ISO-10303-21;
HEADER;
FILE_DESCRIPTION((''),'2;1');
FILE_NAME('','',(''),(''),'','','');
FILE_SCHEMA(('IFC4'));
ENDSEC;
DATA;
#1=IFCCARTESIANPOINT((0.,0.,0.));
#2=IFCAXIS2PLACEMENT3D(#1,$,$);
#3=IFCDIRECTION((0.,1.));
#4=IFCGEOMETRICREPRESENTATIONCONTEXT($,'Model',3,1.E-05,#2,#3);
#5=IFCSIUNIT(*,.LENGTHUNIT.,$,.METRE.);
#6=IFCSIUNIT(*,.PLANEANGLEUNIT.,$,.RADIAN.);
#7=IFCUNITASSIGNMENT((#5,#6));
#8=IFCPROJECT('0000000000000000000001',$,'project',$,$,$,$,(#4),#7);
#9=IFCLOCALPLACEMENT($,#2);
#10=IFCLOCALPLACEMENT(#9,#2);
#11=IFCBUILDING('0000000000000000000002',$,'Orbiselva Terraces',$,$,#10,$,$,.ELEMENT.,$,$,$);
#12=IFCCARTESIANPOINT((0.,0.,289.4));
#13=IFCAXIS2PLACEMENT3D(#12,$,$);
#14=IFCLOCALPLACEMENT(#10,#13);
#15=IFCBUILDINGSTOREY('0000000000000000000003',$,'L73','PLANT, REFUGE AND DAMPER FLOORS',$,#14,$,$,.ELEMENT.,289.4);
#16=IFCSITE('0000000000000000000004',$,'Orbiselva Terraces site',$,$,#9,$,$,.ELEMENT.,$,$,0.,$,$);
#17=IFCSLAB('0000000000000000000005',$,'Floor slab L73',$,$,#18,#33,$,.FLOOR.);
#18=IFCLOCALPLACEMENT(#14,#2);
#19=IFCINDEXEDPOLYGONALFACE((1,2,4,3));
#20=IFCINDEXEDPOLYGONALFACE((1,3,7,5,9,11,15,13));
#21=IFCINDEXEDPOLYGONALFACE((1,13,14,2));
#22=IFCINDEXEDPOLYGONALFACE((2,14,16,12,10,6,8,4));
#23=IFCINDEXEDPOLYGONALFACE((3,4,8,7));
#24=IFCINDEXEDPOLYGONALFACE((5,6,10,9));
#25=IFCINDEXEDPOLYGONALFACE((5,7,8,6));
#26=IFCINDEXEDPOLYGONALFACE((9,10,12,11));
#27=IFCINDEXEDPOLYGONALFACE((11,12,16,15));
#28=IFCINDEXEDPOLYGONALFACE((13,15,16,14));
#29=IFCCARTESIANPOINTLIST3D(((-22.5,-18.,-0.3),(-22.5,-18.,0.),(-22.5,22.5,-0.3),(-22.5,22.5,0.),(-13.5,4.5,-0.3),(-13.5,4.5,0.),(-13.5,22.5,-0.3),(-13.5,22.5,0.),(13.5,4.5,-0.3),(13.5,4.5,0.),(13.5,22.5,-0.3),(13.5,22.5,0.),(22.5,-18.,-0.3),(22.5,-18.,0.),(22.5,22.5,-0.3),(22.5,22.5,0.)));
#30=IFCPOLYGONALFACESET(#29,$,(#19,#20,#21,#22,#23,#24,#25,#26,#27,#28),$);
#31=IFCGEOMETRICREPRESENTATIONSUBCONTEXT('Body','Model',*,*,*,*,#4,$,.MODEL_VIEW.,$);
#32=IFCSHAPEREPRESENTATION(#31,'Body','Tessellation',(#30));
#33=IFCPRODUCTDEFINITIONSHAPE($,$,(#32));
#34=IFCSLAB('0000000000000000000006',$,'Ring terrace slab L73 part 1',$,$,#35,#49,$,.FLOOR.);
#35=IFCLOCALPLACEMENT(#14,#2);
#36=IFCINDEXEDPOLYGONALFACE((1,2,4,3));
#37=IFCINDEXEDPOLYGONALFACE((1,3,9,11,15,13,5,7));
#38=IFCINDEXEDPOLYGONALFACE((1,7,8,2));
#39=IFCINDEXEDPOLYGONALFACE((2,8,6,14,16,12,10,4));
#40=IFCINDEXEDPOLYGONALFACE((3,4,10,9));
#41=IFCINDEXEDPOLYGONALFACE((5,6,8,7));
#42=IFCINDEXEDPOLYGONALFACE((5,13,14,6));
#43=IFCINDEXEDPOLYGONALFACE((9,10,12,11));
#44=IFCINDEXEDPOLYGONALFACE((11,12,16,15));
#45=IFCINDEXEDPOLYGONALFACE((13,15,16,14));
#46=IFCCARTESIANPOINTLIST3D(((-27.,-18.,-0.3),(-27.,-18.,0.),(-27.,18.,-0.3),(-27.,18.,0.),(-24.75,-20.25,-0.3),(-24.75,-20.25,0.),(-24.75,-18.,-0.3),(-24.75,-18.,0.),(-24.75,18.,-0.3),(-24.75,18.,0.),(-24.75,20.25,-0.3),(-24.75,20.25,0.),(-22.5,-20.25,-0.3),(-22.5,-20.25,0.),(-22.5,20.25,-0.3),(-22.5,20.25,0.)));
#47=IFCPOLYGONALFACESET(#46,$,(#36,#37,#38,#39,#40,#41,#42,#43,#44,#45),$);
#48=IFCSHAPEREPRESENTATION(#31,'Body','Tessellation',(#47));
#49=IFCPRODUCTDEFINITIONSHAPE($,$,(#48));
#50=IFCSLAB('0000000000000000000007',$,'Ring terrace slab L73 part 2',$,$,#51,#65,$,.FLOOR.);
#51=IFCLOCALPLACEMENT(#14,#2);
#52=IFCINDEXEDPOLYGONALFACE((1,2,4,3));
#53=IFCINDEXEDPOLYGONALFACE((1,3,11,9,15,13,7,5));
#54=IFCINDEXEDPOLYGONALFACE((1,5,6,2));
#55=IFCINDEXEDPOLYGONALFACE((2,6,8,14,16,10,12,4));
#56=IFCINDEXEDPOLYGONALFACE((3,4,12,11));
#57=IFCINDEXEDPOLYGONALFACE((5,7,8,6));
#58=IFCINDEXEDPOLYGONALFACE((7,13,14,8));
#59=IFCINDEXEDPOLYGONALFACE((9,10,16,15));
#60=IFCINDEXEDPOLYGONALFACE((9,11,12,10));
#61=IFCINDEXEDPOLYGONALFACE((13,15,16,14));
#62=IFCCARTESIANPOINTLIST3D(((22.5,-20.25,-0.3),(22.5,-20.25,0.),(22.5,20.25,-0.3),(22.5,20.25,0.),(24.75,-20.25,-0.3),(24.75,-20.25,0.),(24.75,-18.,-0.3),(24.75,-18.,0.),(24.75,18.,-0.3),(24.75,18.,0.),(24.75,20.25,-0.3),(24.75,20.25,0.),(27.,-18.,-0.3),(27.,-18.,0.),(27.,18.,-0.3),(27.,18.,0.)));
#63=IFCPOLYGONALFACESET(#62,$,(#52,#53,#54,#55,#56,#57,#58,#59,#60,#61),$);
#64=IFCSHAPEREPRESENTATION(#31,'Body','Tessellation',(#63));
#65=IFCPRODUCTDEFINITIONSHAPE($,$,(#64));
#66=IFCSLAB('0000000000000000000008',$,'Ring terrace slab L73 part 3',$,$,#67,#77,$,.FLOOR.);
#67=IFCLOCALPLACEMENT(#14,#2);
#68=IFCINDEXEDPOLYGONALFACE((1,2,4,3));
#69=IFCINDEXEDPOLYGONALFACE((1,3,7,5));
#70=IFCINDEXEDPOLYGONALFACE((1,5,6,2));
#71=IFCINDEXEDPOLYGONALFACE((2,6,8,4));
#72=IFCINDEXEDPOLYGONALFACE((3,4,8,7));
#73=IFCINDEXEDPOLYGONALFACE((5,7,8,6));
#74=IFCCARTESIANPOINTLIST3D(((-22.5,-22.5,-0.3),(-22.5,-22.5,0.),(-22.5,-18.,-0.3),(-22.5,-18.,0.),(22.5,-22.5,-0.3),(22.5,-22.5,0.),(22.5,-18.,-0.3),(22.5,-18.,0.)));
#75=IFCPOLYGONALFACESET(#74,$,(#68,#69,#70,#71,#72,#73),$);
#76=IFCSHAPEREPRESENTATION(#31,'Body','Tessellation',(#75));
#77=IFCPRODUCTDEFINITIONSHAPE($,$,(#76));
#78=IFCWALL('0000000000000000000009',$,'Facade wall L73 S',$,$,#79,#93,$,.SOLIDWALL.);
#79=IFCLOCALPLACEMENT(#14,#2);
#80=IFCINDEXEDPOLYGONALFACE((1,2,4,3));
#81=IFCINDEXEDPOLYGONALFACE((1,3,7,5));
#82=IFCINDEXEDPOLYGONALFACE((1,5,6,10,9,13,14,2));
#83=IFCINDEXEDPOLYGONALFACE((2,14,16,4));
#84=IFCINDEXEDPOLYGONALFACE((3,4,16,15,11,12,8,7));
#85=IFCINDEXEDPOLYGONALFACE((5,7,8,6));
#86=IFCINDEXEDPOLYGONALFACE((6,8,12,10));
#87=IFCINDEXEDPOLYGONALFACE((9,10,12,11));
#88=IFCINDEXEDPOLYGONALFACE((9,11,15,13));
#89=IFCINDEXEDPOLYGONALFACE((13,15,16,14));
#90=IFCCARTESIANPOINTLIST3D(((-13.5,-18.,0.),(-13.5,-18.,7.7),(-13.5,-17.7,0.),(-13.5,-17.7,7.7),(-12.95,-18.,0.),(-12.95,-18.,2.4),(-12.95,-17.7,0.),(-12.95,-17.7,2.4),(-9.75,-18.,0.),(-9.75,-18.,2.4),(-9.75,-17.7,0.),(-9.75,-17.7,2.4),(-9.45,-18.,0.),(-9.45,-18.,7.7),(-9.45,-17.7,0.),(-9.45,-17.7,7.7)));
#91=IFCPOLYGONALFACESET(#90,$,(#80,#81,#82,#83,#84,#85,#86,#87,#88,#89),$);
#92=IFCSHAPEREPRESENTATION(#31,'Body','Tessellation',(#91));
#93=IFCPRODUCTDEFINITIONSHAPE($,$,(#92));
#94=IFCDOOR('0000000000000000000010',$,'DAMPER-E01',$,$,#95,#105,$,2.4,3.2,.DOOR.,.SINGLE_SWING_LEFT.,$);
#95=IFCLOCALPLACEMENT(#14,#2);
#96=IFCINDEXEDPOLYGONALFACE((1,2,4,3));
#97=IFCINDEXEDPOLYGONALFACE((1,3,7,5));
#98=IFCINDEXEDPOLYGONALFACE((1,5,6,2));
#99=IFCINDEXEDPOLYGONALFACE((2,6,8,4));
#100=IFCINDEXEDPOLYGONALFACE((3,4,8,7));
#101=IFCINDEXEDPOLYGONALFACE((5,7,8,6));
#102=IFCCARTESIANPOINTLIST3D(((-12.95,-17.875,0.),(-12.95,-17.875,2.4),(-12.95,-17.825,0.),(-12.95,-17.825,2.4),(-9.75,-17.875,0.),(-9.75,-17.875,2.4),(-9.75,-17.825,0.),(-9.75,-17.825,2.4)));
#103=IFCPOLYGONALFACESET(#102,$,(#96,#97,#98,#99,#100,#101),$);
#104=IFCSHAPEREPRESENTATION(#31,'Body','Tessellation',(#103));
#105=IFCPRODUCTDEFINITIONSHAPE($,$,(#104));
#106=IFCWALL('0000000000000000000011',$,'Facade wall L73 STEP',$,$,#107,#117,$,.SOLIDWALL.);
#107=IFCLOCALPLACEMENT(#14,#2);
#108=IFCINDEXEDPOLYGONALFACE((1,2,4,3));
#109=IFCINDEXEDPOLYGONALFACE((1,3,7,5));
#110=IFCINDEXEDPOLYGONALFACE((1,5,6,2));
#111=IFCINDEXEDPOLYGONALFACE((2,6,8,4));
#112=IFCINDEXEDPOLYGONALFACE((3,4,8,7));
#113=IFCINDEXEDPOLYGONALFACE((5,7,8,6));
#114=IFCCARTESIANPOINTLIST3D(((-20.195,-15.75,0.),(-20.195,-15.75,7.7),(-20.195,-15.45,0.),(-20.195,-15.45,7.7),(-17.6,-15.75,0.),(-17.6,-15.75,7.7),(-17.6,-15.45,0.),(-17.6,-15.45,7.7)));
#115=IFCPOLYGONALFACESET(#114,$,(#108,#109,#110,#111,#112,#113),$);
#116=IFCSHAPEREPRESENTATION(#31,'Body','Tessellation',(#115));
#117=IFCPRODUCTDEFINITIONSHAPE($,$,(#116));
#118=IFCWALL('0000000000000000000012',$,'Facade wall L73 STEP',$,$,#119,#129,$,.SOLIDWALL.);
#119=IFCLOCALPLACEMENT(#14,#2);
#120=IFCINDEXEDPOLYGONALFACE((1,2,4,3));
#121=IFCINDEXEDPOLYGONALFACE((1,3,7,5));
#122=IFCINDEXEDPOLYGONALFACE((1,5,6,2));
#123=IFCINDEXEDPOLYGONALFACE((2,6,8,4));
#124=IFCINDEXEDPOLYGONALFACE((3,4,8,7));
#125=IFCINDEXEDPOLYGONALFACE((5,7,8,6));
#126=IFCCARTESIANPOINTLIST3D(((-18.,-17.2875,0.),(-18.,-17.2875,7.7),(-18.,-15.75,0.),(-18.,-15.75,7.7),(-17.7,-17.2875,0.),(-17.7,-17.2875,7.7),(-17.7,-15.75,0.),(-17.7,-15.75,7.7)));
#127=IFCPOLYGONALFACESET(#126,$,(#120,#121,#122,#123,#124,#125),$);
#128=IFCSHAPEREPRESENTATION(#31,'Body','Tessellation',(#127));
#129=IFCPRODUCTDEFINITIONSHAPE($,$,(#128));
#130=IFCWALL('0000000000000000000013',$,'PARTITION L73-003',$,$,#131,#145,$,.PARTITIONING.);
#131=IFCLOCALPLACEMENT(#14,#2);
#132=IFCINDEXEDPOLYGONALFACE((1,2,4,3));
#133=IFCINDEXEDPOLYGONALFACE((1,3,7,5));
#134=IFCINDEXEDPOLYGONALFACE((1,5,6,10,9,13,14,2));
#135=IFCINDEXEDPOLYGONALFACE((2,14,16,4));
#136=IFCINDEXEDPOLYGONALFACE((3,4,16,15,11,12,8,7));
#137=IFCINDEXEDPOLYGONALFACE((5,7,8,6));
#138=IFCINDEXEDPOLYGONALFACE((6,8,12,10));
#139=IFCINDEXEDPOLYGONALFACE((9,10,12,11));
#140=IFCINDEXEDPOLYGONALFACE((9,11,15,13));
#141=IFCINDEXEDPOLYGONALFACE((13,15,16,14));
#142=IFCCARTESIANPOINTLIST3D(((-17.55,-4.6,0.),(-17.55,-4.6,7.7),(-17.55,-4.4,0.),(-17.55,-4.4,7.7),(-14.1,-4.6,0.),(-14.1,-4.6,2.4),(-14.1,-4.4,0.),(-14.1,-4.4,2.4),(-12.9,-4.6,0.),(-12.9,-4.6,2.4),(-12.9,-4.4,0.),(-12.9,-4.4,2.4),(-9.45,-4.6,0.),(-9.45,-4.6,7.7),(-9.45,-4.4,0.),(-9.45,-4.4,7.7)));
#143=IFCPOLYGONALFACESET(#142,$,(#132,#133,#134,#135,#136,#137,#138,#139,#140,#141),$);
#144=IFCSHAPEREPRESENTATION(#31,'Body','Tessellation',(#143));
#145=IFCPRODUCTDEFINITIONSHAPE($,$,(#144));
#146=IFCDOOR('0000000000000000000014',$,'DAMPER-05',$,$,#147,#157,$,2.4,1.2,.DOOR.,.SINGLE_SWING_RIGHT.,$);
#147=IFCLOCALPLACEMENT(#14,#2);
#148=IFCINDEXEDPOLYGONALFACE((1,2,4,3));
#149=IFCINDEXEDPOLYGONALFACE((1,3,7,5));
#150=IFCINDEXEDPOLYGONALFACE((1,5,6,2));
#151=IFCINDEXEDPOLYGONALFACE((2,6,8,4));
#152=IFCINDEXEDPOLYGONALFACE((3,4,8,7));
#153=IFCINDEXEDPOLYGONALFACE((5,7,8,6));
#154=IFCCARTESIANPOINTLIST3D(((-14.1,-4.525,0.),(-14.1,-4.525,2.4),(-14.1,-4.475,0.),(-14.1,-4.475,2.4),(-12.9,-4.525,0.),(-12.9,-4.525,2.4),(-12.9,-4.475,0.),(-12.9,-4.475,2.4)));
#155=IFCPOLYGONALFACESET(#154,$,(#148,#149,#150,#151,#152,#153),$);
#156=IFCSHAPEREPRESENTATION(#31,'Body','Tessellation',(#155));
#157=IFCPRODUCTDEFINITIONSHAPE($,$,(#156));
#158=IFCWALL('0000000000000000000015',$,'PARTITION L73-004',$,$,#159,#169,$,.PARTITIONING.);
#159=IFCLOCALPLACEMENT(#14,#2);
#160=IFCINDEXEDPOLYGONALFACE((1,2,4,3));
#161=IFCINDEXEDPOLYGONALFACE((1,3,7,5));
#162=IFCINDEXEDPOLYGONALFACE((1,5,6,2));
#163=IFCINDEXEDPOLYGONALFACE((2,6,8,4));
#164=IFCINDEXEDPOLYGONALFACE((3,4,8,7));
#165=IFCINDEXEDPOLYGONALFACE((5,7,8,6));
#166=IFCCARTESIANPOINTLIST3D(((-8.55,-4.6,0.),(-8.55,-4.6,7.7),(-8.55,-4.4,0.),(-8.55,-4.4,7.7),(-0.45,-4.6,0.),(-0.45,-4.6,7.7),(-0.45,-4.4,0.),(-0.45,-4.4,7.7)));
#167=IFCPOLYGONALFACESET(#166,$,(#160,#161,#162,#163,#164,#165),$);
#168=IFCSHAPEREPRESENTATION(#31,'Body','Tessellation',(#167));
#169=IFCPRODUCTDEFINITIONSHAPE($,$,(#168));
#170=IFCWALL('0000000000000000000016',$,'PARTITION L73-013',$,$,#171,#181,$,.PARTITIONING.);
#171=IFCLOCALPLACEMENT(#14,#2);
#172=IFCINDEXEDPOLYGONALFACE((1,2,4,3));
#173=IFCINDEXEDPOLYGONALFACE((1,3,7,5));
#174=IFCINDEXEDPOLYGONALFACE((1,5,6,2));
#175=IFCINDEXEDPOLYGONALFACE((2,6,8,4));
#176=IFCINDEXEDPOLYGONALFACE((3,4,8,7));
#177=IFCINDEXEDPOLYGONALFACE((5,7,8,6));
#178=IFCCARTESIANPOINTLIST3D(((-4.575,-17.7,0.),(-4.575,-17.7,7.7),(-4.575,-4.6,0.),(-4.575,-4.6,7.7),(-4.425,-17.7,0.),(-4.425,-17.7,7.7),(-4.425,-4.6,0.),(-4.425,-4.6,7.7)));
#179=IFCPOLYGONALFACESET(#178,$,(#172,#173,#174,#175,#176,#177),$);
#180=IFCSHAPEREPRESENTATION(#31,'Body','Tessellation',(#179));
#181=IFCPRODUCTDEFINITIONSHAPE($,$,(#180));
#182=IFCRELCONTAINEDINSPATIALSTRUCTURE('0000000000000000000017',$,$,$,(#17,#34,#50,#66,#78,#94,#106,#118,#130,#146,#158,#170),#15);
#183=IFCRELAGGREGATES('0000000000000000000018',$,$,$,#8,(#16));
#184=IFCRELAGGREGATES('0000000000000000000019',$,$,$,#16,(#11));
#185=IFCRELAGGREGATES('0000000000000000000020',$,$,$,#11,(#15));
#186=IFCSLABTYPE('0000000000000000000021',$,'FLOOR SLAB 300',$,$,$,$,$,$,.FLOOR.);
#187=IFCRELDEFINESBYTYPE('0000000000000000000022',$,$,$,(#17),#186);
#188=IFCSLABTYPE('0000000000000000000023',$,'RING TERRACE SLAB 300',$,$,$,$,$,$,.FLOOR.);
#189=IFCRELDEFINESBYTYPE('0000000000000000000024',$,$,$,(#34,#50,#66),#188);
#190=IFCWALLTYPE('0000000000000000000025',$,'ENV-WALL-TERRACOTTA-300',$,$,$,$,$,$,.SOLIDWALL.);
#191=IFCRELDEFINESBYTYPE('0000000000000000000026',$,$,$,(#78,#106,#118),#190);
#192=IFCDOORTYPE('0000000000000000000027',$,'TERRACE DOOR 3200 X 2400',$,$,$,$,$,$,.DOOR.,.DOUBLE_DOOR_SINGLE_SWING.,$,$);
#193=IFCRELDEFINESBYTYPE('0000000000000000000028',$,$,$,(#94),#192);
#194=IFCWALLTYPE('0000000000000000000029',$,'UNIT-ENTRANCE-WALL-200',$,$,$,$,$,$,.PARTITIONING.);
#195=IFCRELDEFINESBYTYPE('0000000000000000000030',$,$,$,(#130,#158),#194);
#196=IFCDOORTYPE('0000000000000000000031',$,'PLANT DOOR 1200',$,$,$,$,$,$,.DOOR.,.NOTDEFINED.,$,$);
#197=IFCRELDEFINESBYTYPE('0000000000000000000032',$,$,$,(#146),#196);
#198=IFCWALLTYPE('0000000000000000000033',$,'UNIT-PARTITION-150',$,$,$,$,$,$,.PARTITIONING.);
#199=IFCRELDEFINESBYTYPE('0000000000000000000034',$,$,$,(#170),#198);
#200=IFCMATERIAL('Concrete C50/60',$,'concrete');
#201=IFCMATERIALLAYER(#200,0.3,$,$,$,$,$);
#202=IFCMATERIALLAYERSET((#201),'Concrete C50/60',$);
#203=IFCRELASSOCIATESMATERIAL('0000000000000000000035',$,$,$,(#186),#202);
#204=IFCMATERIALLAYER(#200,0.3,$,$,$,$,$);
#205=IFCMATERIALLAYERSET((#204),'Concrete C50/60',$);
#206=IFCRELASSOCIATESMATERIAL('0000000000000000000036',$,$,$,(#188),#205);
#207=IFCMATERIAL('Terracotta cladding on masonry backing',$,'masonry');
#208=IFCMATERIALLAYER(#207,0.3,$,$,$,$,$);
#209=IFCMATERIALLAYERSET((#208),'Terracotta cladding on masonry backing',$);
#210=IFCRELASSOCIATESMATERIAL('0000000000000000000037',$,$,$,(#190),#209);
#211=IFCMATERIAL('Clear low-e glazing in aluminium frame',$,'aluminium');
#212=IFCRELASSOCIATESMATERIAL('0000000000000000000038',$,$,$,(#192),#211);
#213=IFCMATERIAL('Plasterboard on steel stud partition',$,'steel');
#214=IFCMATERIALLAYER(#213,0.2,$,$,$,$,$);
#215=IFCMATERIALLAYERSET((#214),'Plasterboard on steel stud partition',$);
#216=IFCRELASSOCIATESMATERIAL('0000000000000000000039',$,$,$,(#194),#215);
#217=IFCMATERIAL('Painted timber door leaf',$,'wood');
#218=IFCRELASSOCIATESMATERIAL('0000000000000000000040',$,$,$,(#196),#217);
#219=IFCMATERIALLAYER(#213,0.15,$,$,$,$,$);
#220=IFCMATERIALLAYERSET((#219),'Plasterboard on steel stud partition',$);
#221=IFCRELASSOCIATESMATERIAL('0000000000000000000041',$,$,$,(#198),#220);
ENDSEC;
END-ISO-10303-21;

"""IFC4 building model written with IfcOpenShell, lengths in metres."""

from ifc_helpers import new_model, si_unit, direction, frame, frame_2d, origin, place, context, subcontext, project, spatial, polyline, rectangle, outline, extrude, material, layer, layer_set, type_object, element, fill, save


model = new_model("IFC4")

# Units and contexts
model_context = context("Model", 3, precision=1e-05, world=origin(), true_north=direction((0.0, 1.0)))
body_context = subcontext(model_context, "Body", "Model", "MODEL_VIEW")
ifc_project = project(units=[si_unit("LENGTHUNIT", "METRE"), si_unit("PLANEANGLEUNIT", "RADIAN")], contexts=[model_context])

# Site, building, storey
site_placement = place(None, origin())
site = spatial("IfcSite", under=ifc_project, at=site_placement, Name="Orbiselva Terraces site", CompositionType="ELEMENT", RefElevation=0.0)
building_placement = place(site_placement, origin())
building = spatial("IfcBuilding", under=site, at=building_placement, Name="Orbiselva Terraces", CompositionType="ELEMENT")
storey_placement = place(building_placement, frame((0.0, 0.0, 289.4)))
storey = spatial("IfcBuildingStorey", under=building, at=storey_placement, Name="L73", Description="PLANT, REFUGE AND DAMPER FLOORS", CompositionType="ELEMENT", Elevation=289.4)

# Shared definitions
ifc_material_1 = material(Name="Concrete C50/60", Category="concrete")

# Shared definitions
ifc_material_2 = material(Name="Clear low-e glazing in aluminium frame", Category="aluminium")

# Slabs
ifc_layer_1 = layer(ifc_material_1, 0.3)
ifc_layer_set_1 = layer_set([ifc_layer_1], Name="Concrete C50/60")
slab_type_1 = type_object("IfcSlabType", Name="FLOOR SLAB 300", PredefinedType="FLOOR", material=ifc_layer_set_1)
slab_1_placement = place(storey_placement, frame((0.0, 0.0, -0.3)))
element("IfcSlab", 1, at=slab_1_placement, inside=storey, type_object=slab_type_1, Name="Floor slab L73", PredefinedType="FLOOR", context=body_context, shape_type="SweptSolid", body=[
    extrude(outline(polyline([(22.5, 22.5), (22.5, -18.0), (-22.5, -18.0), (-22.5, 22.5), (-13.5, 22.5), (-13.5, 4.5), (13.5, 4.5), (13.5, 22.5), (22.5, 22.5)])), origin(), (0.0, 0.0, 1.0), 0.3),
])
ifc_layer_2 = layer(ifc_material_1, 0.3)
ifc_layer_set_2 = layer_set([ifc_layer_2], Name="Concrete C50/60")
slab_type_2 = type_object("IfcSlabType", Name="RING TERRACE SLAB 300", PredefinedType="FLOOR", material=ifc_layer_set_2)
slab_2_placement = place(storey_placement, frame((0.0, 0.0, -0.3)))
element("IfcSlab", 2, at=slab_2_placement, inside=storey, type_object=slab_type_2, Name="Ring terrace slab L73 part 1", PredefinedType="FLOOR", context=body_context, shape_type="SweptSolid", body=[
    extrude(outline(polyline([(-22.5, -20.25), (-22.5, 20.25), (-24.75, 20.25), (-24.75, 18.0), (-27.0, 18.0), (-27.0, -18.0), (-24.75, -18.0), (-24.75, -20.25), (-22.5, -20.25)])), origin(), (0.0, 0.0, 1.0), 0.3),
])
slab_3_placement = place(storey_placement, frame((0.0, 0.0, -0.3)))
element("IfcSlab", 3, at=slab_3_placement, inside=storey, type_object=slab_type_2, Name="Ring terrace slab L73 part 2", PredefinedType="FLOOR", context=body_context, shape_type="SweptSolid", body=[
    extrude(outline(polyline([(22.5, -20.25), (24.75, -20.25), (24.75, -18.0), (27.0, -18.0), (27.0, 18.0), (24.75, 18.0), (24.75, 20.25), (22.5, 20.25), (22.5, -20.25)])), origin(), (0.0, 0.0, 1.0), 0.3),
])
slab_4_placement = place(storey_placement, frame((0.0, 0.0, -0.3)))
element("IfcSlab", 4, at=slab_4_placement, inside=storey, type_object=slab_type_2, Name="Ring terrace slab L73 part 3", PredefinedType="FLOOR", context=body_context, shape_type="SweptSolid", body=[
    extrude(outline(polyline([(22.5, -18.0), (-22.5, -18.0), (-22.5, -22.5), (22.5, -22.5), (22.5, -18.0)])), origin(), (0.0, 0.0, 1.0), 0.3),
])

# Wall, opening, door
ifc_material_3 = material(Name="Terracotta cladding on masonry backing", Category="masonry")
ifc_layer_3 = layer(ifc_material_3, 0.3)
ifc_layer_set_3 = layer_set([ifc_layer_3], Name="Terracotta cladding on masonry backing")
wall_type_1 = type_object("IfcWallType", Name="ENV-WALL-TERRACOTTA-300", PredefinedType="SOLIDWALL", material=ifc_layer_set_3)
wall_1_placement = place(storey_placement, frame((-9.45, -17.85, 0.0), z_axis=(0.0, 0.0, 1.0), x_axis=(-1.0, 0.0, 0.0)))
wall_1 = element("IfcWall", 5, at=wall_1_placement, inside=storey, type_object=wall_type_1, Name="Facade wall L73 S", PredefinedType="SOLIDWALL", context=body_context, shape_type="SweptSolid", body=[
    extrude(rectangle(XDim=4.05, YDim=0.3, at=frame_2d((2.025, 0.0))), origin(), (0.0, 0.0, 1.0), 7.7),
])
opening_1_placement = place(wall_1_placement, frame((0.3, 0.0, 0.0)))
opening_1 = element("IfcOpeningElement", 6, at=opening_1_placement, cuts=wall_1, PredefinedType="OPENING", context=body_context, shape_type="SweptSolid", body=[
    extrude(rectangle(XDim=3.2, YDim=2.4, at=frame_2d((1.6, 1.2))), frame((0.0, 0.16, 0.0), z_axis=(0.0, -1.0, 0.0), x_axis=(1.0, 0.0, 0.0)), (0.0, 0.0, 1.0), 0.32),
])
door_type_1 = type_object("IfcDoorType", Name="TERRACE DOOR 3200 X 2400", OperationType="DOUBLE_DOOR_SINGLE_SWING", PredefinedType="DOOR", material=ifc_material_2)
door_1_placement = place(opening_1_placement, origin())
door_1 = element("IfcDoor", 7, at=door_1_placement, inside=storey, type_object=door_type_1, Name="DAMPER-E01", OperationType="SINGLE_SWING_LEFT", OverallHeight=2.4, OverallWidth=3.2, PredefinedType="DOOR", context=body_context, shape_type="SweptSolid", body=[
    extrude(rectangle(XDim=3.2, YDim=2.4, at=frame_2d((1.6, 1.2))), frame((0.0, 0.025, 0.0), z_axis=(0.0, -1.0, 0.0), x_axis=(1.0, 0.0, 0.0)), (0.0, 0.0, 1.0), 0.05),
])
fill(opening_1, door_1)

# Walls
wall_2_placement = place(storey_placement, frame((-17.6, -15.6, 0.0), z_axis=(0.0, 0.0, 1.0), x_axis=(-1.0, 0.0, 0.0)))
element("IfcWall", 8, at=wall_2_placement, inside=storey, type_object=wall_type_1, Name="Facade wall L73 STEP", PredefinedType="SOLIDWALL", context=body_context, shape_type="SweptSolid", body=[
    extrude(rectangle(XDim=2.595, YDim=0.3, at=frame_2d((1.2975, 0.0))), origin(), (0.0, 0.0, 1.0), 7.7),
])
wall_3_placement = place(storey_placement, frame((-17.85, -17.2875, 0.0), z_axis=(0.0, 0.0, 1.0), x_axis=(0.0, 1.0, 0.0)))
element("IfcWall", 9, at=wall_3_placement, inside=storey, type_object=wall_type_1, Name="Facade wall L73 STEP", PredefinedType="SOLIDWALL", context=body_context, shape_type="SweptSolid", body=[
    extrude(rectangle(XDim=1.5375, YDim=0.3, at=frame_2d((0.7688, 0.0))), origin(), (0.0, 0.0, 1.0), 7.7),
])

# Wall, opening, door
ifc_material_4 = material(Name="Plasterboard on steel stud partition", Category="steel")
ifc_layer_4 = layer(ifc_material_4, 0.2)
ifc_layer_set_4 = layer_set([ifc_layer_4], Name="Plasterboard on steel stud partition")
wall_type_2 = type_object("IfcWallType", Name="UNIT-ENTRANCE-WALL-200", PredefinedType="PARTITIONING", material=ifc_layer_set_4)
wall_4_placement = place(storey_placement, frame((-9.45, -4.5, 0.0), z_axis=(0.0, 0.0, 1.0), x_axis=(-1.0, 0.0, 0.0)))
wall_4 = element("IfcWall", 10, at=wall_4_placement, inside=storey, type_object=wall_type_2, Name="PARTITION L73-003", PredefinedType="PARTITIONING", context=body_context, shape_type="SweptSolid", body=[
    extrude(rectangle(XDim=8.1, YDim=0.2, at=frame_2d((4.05, 0.0))), origin(), (0.0, 0.0, 1.0), 7.7),
])
opening_2_placement = place(wall_4_placement, frame((3.45, 0.0, 0.0)))
opening_2 = element("IfcOpeningElement", 11, at=opening_2_placement, cuts=wall_4, PredefinedType="OPENING", context=body_context, shape_type="SweptSolid", body=[
    extrude(rectangle(XDim=1.2, YDim=2.4, at=frame_2d((0.6, 1.2))), frame((0.0, 0.11, 0.0), z_axis=(0.0, -1.0, 0.0), x_axis=(1.0, 0.0, 0.0)), (0.0, 0.0, 1.0), 0.22),
])
ifc_material_5 = material(Name="Painted timber door leaf", Category="wood")
door_type_2 = type_object("IfcDoorType", Name="PLANT DOOR 1200", OperationType="NOTDEFINED", PredefinedType="DOOR", material=ifc_material_5)
door_2_placement = place(opening_2_placement, origin())
door_2 = element("IfcDoor", 12, at=door_2_placement, inside=storey, type_object=door_type_2, Name="DAMPER-05", OperationType="SINGLE_SWING_RIGHT", OverallHeight=2.4, OverallWidth=1.2, PredefinedType="DOOR", context=body_context, shape_type="SweptSolid", body=[
    extrude(rectangle(XDim=1.2, YDim=2.4, at=frame_2d((0.6, 1.2))), frame((0.0, 0.025, 0.0), z_axis=(0.0, -1.0, 0.0), x_axis=(1.0, 0.0, 0.0)), (0.0, 0.0, 1.0), 0.05),
])
fill(opening_2, door_2)

# Walls
wall_5_placement = place(storey_placement, frame((-8.55, -4.5, 0.0), z_axis=(0.0, 0.0, 1.0), x_axis=(1.0, 0.0, 0.0)))
element("IfcWall", 13, at=wall_5_placement, inside=storey, type_object=wall_type_2, Name="PARTITION L73-004", PredefinedType="PARTITIONING", context=body_context, shape_type="SweptSolid", body=[
    extrude(rectangle(XDim=8.1, YDim=0.2, at=frame_2d((4.05, 0.0))), origin(), (0.0, 0.0, 1.0), 7.7),
])
ifc_layer_5 = layer(ifc_material_4, 0.15)
ifc_layer_set_5 = layer_set([ifc_layer_5], Name="Plasterboard on steel stud partition")
wall_type_3 = type_object("IfcWallType", Name="UNIT-PARTITION-150", PredefinedType="PARTITIONING", material=ifc_layer_set_5)
wall_6_placement = place(storey_placement, frame((-4.5, -17.7, 0.0), z_axis=(0.0, 0.0, 1.0), x_axis=(0.0, 1.0, 0.0)))
element("IfcWall", 14, at=wall_6_placement, inside=storey, type_object=wall_type_3, Name="PARTITION L73-013", PredefinedType="PARTITIONING", context=body_context, shape_type="SweptSolid", body=[
    extrude(rectangle(XDim=13.1, YDim=0.15, at=frame_2d((6.55, 0.0))), origin(), (0.0, 0.0, 1.0), 7.7),
])

save(model, "model.ifc")
